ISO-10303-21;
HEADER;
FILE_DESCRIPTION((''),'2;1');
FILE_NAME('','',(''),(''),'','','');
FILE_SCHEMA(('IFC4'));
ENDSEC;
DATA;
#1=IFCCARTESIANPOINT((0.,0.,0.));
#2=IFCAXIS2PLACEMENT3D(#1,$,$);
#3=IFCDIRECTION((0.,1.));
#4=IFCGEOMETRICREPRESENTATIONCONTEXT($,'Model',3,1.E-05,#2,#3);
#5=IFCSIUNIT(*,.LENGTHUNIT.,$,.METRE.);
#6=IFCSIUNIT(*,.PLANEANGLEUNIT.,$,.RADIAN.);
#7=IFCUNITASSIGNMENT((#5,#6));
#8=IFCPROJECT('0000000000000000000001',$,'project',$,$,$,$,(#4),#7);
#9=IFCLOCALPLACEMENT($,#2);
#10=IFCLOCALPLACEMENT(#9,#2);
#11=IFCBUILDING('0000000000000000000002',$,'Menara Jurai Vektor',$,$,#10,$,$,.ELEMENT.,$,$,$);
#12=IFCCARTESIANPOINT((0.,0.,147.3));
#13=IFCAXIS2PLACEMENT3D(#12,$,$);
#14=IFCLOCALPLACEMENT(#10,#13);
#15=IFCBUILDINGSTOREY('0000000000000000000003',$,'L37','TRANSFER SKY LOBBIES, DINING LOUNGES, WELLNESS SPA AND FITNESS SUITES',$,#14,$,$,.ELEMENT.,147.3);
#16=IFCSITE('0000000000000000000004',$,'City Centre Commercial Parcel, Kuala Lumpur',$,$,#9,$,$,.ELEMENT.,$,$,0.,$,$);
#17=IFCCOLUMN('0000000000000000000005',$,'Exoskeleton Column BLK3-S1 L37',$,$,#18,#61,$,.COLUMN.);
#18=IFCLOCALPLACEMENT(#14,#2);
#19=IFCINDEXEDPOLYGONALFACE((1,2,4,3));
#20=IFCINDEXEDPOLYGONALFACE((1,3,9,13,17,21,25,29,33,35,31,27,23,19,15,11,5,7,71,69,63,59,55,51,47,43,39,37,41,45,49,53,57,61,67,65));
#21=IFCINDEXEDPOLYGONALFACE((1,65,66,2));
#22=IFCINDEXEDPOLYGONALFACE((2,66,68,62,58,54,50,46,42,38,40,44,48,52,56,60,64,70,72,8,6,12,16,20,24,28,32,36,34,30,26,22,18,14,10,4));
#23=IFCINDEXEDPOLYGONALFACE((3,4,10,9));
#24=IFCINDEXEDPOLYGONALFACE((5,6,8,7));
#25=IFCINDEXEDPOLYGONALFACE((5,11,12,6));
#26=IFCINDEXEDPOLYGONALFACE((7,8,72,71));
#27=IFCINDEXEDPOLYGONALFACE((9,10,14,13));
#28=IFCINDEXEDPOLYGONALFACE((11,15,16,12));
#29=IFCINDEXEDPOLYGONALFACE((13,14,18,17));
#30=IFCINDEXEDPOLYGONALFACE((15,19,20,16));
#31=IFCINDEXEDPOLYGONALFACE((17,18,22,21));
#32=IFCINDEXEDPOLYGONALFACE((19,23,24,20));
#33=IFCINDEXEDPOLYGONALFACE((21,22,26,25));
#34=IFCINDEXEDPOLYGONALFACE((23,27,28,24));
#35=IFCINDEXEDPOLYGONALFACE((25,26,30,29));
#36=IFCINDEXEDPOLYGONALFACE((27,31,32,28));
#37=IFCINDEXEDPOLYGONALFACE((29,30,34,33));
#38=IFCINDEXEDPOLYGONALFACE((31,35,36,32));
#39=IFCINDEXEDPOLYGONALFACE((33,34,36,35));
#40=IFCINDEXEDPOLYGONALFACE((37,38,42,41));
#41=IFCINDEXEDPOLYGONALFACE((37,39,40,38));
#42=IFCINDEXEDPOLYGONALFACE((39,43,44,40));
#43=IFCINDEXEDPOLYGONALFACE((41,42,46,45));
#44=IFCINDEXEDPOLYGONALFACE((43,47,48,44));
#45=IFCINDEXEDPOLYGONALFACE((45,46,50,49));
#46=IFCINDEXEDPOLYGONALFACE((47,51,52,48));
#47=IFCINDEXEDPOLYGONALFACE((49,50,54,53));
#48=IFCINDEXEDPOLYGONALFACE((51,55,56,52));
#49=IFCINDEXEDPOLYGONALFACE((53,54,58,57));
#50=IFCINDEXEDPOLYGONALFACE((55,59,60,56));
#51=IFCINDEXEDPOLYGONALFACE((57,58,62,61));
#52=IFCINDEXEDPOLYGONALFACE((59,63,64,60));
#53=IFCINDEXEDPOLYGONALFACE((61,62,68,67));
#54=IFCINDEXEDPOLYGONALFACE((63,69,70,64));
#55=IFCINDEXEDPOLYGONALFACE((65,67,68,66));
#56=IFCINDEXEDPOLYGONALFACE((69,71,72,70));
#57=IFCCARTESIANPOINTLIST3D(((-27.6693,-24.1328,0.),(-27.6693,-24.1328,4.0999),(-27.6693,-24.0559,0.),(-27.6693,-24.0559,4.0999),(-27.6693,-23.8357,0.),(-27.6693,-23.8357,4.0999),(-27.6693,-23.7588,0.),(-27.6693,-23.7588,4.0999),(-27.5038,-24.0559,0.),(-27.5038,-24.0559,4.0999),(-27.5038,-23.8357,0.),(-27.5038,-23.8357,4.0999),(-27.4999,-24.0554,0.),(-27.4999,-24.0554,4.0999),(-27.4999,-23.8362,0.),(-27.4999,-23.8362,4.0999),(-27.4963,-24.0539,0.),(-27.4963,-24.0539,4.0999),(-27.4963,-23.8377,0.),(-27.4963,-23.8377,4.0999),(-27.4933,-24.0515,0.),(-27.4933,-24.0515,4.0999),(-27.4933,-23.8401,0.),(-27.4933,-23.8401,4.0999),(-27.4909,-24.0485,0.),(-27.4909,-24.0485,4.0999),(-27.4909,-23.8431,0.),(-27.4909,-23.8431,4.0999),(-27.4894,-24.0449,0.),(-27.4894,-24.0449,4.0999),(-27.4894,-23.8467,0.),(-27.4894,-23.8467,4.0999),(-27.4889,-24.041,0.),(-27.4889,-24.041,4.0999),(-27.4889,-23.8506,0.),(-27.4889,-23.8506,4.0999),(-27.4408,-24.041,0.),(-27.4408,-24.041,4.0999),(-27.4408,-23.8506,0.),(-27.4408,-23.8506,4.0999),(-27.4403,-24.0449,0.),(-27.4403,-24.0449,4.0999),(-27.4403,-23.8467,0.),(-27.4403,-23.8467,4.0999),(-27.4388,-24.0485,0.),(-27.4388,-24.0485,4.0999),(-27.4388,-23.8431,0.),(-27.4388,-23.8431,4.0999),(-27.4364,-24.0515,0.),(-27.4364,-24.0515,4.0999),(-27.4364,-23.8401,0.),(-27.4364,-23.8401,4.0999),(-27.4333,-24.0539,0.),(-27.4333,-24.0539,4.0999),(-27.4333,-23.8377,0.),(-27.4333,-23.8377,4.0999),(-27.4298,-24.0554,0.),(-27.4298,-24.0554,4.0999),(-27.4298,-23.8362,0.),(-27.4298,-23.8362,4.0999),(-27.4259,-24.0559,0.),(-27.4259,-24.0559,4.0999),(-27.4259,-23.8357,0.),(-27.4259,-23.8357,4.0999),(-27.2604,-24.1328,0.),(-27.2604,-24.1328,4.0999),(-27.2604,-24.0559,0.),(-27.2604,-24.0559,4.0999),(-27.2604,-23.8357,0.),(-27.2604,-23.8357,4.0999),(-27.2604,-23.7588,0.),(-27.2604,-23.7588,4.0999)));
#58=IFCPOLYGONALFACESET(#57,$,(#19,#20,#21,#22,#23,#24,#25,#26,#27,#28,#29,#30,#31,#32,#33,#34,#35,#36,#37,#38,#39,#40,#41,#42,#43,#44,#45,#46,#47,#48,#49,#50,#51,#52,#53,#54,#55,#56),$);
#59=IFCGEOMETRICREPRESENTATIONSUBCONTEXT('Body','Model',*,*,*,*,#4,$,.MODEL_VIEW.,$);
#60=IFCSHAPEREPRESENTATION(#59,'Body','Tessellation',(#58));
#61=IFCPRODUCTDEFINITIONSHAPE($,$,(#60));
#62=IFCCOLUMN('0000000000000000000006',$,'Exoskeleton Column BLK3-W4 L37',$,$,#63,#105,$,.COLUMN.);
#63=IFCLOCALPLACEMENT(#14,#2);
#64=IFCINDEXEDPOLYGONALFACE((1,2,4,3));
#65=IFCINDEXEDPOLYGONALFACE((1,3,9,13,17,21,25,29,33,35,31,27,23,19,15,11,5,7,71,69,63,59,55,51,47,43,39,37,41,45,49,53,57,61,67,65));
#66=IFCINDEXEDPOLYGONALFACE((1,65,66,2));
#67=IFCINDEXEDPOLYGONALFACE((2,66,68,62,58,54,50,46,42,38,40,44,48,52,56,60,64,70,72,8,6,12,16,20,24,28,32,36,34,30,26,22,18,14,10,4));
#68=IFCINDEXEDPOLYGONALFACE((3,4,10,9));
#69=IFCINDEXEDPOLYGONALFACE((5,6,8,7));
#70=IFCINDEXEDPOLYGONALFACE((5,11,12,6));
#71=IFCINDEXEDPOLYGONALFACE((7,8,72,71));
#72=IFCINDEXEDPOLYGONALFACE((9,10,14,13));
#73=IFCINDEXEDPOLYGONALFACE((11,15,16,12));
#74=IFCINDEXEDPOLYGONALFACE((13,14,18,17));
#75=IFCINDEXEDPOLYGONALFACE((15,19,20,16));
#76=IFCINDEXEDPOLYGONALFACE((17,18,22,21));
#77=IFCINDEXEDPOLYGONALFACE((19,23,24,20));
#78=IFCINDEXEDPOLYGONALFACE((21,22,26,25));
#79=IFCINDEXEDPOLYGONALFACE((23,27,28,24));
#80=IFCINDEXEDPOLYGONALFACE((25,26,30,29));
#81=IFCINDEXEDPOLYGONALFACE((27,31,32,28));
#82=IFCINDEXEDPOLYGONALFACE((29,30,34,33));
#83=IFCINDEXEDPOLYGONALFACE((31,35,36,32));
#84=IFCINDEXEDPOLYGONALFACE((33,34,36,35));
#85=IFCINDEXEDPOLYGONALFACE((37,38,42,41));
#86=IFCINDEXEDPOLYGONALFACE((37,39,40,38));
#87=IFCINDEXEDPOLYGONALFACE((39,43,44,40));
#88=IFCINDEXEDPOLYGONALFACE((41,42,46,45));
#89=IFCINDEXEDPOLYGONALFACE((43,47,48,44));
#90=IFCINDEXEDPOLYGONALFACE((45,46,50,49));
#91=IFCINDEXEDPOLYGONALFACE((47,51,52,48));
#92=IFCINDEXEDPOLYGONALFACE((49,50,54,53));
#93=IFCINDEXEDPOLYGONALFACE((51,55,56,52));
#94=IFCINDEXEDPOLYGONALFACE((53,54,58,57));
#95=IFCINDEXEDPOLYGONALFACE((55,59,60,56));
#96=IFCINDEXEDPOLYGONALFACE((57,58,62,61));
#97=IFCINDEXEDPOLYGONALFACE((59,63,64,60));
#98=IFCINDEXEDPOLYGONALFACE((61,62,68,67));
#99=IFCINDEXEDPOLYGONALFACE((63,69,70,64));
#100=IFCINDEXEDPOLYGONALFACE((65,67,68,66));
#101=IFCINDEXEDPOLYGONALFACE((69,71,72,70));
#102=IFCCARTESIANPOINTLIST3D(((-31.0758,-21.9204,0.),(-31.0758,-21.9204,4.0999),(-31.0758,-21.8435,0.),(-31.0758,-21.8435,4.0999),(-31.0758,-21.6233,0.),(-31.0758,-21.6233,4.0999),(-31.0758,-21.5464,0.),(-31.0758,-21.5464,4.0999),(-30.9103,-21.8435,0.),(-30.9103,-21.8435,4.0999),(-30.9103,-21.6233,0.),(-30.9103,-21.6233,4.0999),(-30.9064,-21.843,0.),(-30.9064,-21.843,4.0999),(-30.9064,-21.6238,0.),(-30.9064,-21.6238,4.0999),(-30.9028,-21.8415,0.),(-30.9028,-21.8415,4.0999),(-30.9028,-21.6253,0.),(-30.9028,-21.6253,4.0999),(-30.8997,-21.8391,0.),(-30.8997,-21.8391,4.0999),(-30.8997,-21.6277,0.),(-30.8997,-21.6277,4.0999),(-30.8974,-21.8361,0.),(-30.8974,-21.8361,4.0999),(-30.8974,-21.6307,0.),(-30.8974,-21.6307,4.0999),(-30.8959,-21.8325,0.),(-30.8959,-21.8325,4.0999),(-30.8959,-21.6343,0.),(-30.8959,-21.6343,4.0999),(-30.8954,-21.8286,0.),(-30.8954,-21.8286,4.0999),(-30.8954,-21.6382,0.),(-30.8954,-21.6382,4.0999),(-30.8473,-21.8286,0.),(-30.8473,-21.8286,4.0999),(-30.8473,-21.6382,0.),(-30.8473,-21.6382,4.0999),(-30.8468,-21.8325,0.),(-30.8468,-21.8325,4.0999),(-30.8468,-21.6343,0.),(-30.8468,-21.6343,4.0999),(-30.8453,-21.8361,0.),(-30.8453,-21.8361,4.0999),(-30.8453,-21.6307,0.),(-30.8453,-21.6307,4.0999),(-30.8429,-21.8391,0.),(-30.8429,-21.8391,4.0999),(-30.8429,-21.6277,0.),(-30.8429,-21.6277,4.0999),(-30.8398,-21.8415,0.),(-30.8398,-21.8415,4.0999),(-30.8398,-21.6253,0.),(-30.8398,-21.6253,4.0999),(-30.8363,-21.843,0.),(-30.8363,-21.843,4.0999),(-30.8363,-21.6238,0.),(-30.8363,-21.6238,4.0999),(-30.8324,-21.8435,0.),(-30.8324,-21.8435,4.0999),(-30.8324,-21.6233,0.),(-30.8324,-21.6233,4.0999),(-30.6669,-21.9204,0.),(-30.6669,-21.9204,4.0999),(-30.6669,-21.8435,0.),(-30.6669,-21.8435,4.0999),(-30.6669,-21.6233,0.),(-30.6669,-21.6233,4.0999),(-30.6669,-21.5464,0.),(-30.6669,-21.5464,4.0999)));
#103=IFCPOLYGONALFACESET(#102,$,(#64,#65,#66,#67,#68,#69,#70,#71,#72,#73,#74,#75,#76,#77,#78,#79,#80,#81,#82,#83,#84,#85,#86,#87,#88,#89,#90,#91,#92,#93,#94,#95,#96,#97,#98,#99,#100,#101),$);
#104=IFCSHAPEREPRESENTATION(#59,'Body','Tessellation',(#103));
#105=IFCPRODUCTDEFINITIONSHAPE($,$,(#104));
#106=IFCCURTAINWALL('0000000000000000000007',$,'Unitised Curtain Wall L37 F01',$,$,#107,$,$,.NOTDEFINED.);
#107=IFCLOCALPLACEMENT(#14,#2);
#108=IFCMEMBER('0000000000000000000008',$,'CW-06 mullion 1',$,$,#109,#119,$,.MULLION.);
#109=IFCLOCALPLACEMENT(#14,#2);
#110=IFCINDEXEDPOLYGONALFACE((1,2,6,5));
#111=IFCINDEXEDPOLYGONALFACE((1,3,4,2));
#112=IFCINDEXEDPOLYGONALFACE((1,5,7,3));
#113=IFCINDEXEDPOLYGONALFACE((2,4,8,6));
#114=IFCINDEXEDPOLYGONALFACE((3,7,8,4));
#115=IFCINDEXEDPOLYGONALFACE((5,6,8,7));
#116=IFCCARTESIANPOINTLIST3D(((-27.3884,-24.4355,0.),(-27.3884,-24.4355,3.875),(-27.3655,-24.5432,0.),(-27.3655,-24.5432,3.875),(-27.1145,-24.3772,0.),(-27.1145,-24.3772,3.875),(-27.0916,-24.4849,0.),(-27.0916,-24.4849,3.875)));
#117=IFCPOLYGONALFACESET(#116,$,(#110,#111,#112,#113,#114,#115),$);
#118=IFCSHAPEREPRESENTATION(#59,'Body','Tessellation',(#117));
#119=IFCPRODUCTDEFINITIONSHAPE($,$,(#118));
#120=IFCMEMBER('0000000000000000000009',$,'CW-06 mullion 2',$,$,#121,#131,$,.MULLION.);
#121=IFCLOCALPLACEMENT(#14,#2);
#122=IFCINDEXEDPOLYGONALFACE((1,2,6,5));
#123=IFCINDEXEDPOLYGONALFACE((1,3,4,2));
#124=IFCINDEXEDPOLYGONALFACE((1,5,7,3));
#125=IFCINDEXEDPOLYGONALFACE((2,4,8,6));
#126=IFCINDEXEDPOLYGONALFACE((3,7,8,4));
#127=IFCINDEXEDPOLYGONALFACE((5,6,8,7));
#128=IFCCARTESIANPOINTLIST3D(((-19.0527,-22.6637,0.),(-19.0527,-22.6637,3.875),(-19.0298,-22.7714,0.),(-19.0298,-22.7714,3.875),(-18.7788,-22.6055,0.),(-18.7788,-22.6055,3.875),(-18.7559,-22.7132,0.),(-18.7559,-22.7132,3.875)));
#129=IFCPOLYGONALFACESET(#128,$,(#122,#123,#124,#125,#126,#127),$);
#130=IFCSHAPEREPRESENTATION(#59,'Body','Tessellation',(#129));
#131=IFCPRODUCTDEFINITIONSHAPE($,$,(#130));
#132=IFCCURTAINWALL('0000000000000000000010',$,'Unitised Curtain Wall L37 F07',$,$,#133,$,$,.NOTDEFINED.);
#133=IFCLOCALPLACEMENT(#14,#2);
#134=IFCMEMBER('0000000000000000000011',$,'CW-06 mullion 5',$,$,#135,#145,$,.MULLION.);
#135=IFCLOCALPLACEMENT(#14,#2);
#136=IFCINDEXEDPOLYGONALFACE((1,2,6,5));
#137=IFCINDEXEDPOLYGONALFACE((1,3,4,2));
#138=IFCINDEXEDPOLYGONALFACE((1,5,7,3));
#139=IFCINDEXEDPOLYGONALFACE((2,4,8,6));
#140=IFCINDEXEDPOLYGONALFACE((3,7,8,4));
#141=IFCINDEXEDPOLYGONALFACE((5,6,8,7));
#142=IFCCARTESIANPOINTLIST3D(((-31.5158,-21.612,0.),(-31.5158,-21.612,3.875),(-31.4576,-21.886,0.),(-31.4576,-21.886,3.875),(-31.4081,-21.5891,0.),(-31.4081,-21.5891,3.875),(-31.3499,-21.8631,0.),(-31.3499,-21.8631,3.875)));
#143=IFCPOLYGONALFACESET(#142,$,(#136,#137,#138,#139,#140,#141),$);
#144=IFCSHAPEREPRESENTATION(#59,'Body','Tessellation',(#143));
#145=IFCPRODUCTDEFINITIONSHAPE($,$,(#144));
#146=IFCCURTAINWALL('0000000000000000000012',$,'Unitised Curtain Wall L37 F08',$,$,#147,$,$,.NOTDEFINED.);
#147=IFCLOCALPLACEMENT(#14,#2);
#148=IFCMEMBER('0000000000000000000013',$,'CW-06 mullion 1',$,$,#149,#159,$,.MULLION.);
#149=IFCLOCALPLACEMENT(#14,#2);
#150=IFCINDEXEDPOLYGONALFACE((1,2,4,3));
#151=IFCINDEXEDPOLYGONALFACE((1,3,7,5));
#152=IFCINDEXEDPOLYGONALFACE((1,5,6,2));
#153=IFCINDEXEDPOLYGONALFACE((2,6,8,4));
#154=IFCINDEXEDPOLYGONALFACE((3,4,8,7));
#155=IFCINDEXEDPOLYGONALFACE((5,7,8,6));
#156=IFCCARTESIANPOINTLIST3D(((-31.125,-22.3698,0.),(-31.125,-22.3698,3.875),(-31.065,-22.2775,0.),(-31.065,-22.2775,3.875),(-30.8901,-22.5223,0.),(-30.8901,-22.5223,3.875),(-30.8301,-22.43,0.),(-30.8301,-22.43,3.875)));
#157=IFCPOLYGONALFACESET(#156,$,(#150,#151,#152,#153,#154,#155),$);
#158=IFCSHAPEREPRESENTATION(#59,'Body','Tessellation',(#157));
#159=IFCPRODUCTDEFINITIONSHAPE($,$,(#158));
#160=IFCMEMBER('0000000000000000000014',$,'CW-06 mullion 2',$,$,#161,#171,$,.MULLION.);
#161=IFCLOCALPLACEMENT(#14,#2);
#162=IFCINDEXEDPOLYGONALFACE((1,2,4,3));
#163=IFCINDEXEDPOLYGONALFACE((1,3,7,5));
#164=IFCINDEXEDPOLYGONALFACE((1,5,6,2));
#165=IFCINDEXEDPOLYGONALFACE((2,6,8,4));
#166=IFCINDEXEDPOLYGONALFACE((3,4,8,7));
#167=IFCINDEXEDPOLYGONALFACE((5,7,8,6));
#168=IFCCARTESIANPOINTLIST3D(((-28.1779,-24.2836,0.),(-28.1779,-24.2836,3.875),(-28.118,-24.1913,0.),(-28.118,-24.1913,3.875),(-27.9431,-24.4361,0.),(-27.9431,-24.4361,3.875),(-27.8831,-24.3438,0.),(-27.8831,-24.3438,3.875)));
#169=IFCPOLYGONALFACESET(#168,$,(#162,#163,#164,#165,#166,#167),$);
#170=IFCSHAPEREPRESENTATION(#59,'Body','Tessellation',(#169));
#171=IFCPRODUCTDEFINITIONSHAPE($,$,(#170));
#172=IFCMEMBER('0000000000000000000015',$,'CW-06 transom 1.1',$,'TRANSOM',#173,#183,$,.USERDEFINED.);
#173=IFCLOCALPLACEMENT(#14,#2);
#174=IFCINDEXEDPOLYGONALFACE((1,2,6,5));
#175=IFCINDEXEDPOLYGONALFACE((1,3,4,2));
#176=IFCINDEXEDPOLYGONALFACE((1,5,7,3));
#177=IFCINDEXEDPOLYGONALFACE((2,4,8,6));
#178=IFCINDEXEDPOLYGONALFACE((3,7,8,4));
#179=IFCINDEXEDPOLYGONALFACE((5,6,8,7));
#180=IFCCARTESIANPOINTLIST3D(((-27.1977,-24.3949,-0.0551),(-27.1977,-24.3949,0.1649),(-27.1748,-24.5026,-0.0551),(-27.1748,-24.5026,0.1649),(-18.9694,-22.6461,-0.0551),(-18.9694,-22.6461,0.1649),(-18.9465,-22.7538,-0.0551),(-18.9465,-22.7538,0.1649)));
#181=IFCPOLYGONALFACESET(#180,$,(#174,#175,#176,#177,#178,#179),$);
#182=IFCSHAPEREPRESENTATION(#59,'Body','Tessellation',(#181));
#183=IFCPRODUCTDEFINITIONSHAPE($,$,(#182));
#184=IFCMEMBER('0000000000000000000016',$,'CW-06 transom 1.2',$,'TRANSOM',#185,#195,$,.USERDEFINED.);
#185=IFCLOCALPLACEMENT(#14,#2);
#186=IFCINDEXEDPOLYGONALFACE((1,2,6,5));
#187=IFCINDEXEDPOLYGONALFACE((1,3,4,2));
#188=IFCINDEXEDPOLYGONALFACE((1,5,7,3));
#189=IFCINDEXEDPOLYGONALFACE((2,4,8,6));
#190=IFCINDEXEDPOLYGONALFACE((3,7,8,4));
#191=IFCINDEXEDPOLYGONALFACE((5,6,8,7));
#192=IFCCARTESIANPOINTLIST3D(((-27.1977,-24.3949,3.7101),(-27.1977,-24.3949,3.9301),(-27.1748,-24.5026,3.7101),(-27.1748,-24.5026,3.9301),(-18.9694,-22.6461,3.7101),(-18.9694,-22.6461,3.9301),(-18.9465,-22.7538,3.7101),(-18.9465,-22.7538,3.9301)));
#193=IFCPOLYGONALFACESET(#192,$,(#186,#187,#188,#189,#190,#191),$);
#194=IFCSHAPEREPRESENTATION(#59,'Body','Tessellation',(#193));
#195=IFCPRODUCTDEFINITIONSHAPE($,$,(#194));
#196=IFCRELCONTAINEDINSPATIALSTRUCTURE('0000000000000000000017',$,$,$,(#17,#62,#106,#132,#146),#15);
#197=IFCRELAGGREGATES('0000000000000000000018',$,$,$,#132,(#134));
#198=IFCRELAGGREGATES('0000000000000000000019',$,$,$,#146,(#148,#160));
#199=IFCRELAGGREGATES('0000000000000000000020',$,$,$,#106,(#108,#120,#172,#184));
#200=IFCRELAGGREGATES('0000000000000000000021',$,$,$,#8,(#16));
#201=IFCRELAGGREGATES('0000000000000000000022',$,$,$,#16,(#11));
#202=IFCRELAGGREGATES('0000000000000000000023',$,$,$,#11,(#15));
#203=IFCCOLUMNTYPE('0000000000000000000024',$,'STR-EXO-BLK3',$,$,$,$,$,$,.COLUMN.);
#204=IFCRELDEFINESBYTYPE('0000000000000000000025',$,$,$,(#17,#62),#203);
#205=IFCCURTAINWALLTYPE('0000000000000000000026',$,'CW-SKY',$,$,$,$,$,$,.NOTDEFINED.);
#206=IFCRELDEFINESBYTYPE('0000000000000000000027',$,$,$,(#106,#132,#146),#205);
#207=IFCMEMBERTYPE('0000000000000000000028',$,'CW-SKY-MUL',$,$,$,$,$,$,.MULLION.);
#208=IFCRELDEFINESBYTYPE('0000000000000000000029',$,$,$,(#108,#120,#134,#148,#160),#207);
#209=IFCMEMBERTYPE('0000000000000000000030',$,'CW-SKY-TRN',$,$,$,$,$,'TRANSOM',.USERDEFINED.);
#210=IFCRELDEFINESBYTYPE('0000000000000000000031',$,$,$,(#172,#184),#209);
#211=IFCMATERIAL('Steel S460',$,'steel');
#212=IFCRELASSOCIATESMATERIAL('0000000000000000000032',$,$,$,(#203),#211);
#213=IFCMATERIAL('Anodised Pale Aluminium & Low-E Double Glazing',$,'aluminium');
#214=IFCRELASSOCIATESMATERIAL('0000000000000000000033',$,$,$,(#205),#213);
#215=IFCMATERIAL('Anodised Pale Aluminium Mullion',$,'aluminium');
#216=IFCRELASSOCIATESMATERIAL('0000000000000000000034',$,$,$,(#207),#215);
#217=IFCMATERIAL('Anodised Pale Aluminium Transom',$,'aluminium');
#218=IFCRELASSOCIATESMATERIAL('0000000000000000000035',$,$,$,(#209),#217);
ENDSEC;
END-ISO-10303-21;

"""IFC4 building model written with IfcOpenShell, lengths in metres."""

from ifc_helpers import new_model, si_unit, direction, frame, origin, origin_2d, place, context, subcontext, project, spatial, rectangle, i_section, extrude, material, material_profile, profile_set, type_object, element, aggregate, save


model = new_model("IFC4")

# Units and contexts
model_context = context("Model", 3, precision=1e-05, world=origin(), true_north=direction((0.0, 1.0)))
body_context = subcontext(model_context, "Body", "Model", "MODEL_VIEW")
ifc_project = project(units=[si_unit("LENGTHUNIT", "METRE"), si_unit("PLANEANGLEUNIT", "RADIAN")], contexts=[model_context])

# Site, building, storey
site_placement = place(None, origin())
site = spatial("IfcSite", under=ifc_project, at=site_placement, Name="City Centre Commercial Parcel, Kuala Lumpur", CompositionType="ELEMENT", RefElevation=0.0)
building_placement = place(site_placement, origin())
building = spatial("IfcBuilding", under=site, at=building_placement, Name="Menara Jurai Vektor", CompositionType="ELEMENT")
storey_placement = place(building_placement, frame((0.0, 0.0, 147.3)))
storey = spatial("IfcBuildingStorey", under=building, at=storey_placement, Name="L37", Description="TRANSFER SKY LOBBIES, DINING LOUNGES, WELLNESS SPA AND FITNESS SUITES", CompositionType="ELEMENT", Elevation=147.3)

# Columns
ifc_material_1 = material(Name="Steel S460", Category="steel")
ifc_material_profile_1 = material_profile(ifc_material_1, i_section(OverallWidth=0.4089, OverallDepth=0.374, WebThickness=0.0481, FlangeThickness=0.0769, FilletRadius=0.0149, at=origin_2d()), Name="HD 400x634")
ifc_profile_set_1 = profile_set([ifc_material_profile_1], Name="Steel S460")
column_type = type_object("IfcColumnType", Name="STR-EXO-BLK3", PredefinedType="COLUMN", material=ifc_profile_set_1)
for number, where, z_axis, x_axis, name in (
    (1, (-27.4648, -23.9458, 0.0), (0.0, 0.0, 1.0), (1.0, 0.0, 0.0), "Exoskeleton Column BLK3-S1 L37"),
    (2, (-30.8713, -21.7334, 0.0), (0.0, 0.0, 1.0), (1.0, 0.0, 0.0), "Exoskeleton Column BLK3-W4 L37"),
):
    element("IfcColumn", number, at=place(storey_placement, frame(where, z_axis=z_axis, x_axis=x_axis)), inside=storey, type_object=column_type, Name=name, PredefinedType="COLUMN", context=body_context, shape_type="SweptSolid", body=[
        extrude(i_section(OverallWidth=0.4089, OverallDepth=0.374, WebThickness=0.0481, FlangeThickness=0.0769, FilletRadius=0.0149, at=origin_2d()), origin(), (0.0, 0.0, 1.0), 4.0999),
    ])

# Curtain wall, members
ifc_material_2 = material(Name="Anodised Pale Aluminium & Low-E Double Glazing", Category="aluminium")
curtain_wall_type = type_object("IfcCurtainWallType", Name="CW-SKY", PredefinedType="NOTDEFINED", material=ifc_material_2)
curtain_wall_1_placement = place(storey_placement, origin())
curtain_wall_1 = element("IfcCurtainWall", 3, at=curtain_wall_1_placement, inside=storey, type_object=curtain_wall_type, Name="Unitised Curtain Wall L37 F01", PredefinedType="NOTDEFINED")
ifc_material_3 = material(Name="Anodised Pale Aluminium Mullion", Category="aluminium")
ifc_material_profile_2 = material_profile(ifc_material_3, rectangle(XDim=0.1101, YDim=0.28, at=origin_2d()), Name="ALU MUL 110x280")
ifc_profile_set_2 = profile_set([ifc_material_profile_2], Name="Anodised Pale Aluminium Mullion")
member_type_1 = type_object("IfcMemberType", Name="CW-SKY-MUL", PredefinedType="MULLION", material=ifc_profile_set_2)
member_1_placement = place(storey_placement, frame((-27.24, -24.4602, 0.0), z_axis=(0.0, 0.0, 1.0), x_axis=(-0.207911, 0.978148, 0.0)))
member_1 = element("IfcMember", 4, at=member_1_placement, type_object=member_type_1, Name="CW-06 mullion 1", PredefinedType="MULLION", context=body_context, shape_type="SweptSolid", body=[
    extrude(rectangle(XDim=0.1101, YDim=0.28, at=origin_2d()), origin(), (0.0, 0.0, 1.0), 3.875),
])
member_2_placement = place(storey_placement, frame((-18.9043, -22.6885, 0.0), z_axis=(0.0, 0.0, 1.0), x_axis=(-0.207911, 0.978148, 0.0)))
member_2 = element("IfcMember", 5, at=member_2_placement, type_object=member_type_1, Name="CW-06 mullion 2", PredefinedType="MULLION", context=body_context, shape_type="SweptSolid", body=[
    extrude(rectangle(XDim=0.1101, YDim=0.28, at=origin_2d()), origin(), (0.0, 0.0, 1.0), 3.875),
])

# Curtain wall, member
curtain_wall_2_placement = place(storey_placement, origin())
curtain_wall_2 = element("IfcCurtainWall", 6, at=curtain_wall_2_placement, inside=storey, type_object=curtain_wall_type, Name="Unitised Curtain Wall L37 F07", PredefinedType="NOTDEFINED")
member_3_placement = place(storey_placement, frame((-31.4329, -21.7375, 0.0), z_axis=(0.0, 0.0, 1.0), x_axis=(0.978148, 0.20791, 0.0)))
member_3 = element("IfcMember", 7, at=member_3_placement, type_object=member_type_1, Name="CW-06 mullion 5", PredefinedType="MULLION", context=body_context, shape_type="SweptSolid", body=[
    extrude(rectangle(XDim=0.1101, YDim=0.28, at=origin_2d()), origin(), (0.0, 0.0, 1.0), 3.875),
])
aggregate(curtain_wall_2, [member_3])

# Curtain wall, members
curtain_wall_3_placement = place(storey_placement, origin())
curtain_wall_3 = element("IfcCurtainWall", 8, at=curtain_wall_3_placement, inside=storey, type_object=curtain_wall_type, Name="Unitised Curtain Wall L37 F08", PredefinedType="NOTDEFINED")
member_4_placement = place(storey_placement, frame((-30.9775, -22.3999, 0.0), z_axis=(0.0, 0.0, 1.0), x_axis=(0.544618, 0.838684, 0.0)))
member_4 = element("IfcMember", 9, at=member_4_placement, type_object=member_type_1, Name="CW-06 mullion 1", PredefinedType="MULLION", context=body_context, shape_type="SweptSolid", body=[
    extrude(rectangle(XDim=0.1101, YDim=0.28, at=origin_2d()), origin(), (0.0, 0.0, 1.0), 3.875),
])
member_5_placement = place(storey_placement, frame((-28.0305, -24.3137, 0.0), z_axis=(0.0, 0.0, 1.0), x_axis=(0.544618, 0.838684, 0.0)))
member_5 = element("IfcMember", 10, at=member_5_placement, type_object=member_type_1, Name="CW-06 mullion 2", PredefinedType="MULLION", context=body_context, shape_type="SweptSolid", body=[
    extrude(rectangle(XDim=0.1101, YDim=0.28, at=origin_2d()), origin(), (0.0, 0.0, 1.0), 3.875),
])

# Members
ifc_material_4 = material(Name="Anodised Pale Aluminium Transom", Category="aluminium")
ifc_material_profile_3 = material_profile(ifc_material_4, rectangle(XDim=0.1101, YDim=0.22, at=origin_2d()), Name="ALU TRN 110x220")
ifc_profile_set_3 = profile_set([ifc_material_profile_3], Name="Anodised Pale Aluminium Transom")
member_type_2 = type_object("IfcMemberType", Name="CW-SKY-TRN", ElementType="TRANSOM", PredefinedType="USERDEFINED", material=ifc_profile_set_3)
member_6_placement = place(storey_placement, frame((-27.1863, -24.4487, 0.0549), z_axis=(0.978152, 0.20789, 0.0), x_axis=(-0.20789, 0.978152, 0.0)))
member_6 = element("IfcMember", 11, at=member_6_placement, type_object=member_type_2, Name="CW-06 transom 1.1", ObjectType="TRANSOM", PredefinedType="USERDEFINED", context=body_context, shape_type="SweptSolid", body=[
    extrude(rectangle(XDim=0.1101, YDim=0.22, at=origin_2d()), origin(), (0.0, 0.0, 1.0), 8.4121),
])
member_7_placement = place(storey_placement, frame((-27.1863, -24.4487, 3.8201), z_axis=(0.978152, 0.20789, 0.0), x_axis=(-0.20789, 0.978152, 0.0)))
member_7 = element("IfcMember", 12, at=member_7_placement, type_object=member_type_2, Name="CW-06 transom 1.2", ObjectType="TRANSOM", PredefinedType="USERDEFINED", context=body_context, shape_type="SweptSolid", body=[
    extrude(rectangle(XDim=0.1101, YDim=0.22, at=origin_2d()), origin(), (0.0, 0.0, 1.0), 8.4121),
])

aggregate(curtain_wall_3, [member_4, member_5])
aggregate(curtain_wall_1, [member_1, member_2, member_6, member_7])

save(model, "model.ifc")
